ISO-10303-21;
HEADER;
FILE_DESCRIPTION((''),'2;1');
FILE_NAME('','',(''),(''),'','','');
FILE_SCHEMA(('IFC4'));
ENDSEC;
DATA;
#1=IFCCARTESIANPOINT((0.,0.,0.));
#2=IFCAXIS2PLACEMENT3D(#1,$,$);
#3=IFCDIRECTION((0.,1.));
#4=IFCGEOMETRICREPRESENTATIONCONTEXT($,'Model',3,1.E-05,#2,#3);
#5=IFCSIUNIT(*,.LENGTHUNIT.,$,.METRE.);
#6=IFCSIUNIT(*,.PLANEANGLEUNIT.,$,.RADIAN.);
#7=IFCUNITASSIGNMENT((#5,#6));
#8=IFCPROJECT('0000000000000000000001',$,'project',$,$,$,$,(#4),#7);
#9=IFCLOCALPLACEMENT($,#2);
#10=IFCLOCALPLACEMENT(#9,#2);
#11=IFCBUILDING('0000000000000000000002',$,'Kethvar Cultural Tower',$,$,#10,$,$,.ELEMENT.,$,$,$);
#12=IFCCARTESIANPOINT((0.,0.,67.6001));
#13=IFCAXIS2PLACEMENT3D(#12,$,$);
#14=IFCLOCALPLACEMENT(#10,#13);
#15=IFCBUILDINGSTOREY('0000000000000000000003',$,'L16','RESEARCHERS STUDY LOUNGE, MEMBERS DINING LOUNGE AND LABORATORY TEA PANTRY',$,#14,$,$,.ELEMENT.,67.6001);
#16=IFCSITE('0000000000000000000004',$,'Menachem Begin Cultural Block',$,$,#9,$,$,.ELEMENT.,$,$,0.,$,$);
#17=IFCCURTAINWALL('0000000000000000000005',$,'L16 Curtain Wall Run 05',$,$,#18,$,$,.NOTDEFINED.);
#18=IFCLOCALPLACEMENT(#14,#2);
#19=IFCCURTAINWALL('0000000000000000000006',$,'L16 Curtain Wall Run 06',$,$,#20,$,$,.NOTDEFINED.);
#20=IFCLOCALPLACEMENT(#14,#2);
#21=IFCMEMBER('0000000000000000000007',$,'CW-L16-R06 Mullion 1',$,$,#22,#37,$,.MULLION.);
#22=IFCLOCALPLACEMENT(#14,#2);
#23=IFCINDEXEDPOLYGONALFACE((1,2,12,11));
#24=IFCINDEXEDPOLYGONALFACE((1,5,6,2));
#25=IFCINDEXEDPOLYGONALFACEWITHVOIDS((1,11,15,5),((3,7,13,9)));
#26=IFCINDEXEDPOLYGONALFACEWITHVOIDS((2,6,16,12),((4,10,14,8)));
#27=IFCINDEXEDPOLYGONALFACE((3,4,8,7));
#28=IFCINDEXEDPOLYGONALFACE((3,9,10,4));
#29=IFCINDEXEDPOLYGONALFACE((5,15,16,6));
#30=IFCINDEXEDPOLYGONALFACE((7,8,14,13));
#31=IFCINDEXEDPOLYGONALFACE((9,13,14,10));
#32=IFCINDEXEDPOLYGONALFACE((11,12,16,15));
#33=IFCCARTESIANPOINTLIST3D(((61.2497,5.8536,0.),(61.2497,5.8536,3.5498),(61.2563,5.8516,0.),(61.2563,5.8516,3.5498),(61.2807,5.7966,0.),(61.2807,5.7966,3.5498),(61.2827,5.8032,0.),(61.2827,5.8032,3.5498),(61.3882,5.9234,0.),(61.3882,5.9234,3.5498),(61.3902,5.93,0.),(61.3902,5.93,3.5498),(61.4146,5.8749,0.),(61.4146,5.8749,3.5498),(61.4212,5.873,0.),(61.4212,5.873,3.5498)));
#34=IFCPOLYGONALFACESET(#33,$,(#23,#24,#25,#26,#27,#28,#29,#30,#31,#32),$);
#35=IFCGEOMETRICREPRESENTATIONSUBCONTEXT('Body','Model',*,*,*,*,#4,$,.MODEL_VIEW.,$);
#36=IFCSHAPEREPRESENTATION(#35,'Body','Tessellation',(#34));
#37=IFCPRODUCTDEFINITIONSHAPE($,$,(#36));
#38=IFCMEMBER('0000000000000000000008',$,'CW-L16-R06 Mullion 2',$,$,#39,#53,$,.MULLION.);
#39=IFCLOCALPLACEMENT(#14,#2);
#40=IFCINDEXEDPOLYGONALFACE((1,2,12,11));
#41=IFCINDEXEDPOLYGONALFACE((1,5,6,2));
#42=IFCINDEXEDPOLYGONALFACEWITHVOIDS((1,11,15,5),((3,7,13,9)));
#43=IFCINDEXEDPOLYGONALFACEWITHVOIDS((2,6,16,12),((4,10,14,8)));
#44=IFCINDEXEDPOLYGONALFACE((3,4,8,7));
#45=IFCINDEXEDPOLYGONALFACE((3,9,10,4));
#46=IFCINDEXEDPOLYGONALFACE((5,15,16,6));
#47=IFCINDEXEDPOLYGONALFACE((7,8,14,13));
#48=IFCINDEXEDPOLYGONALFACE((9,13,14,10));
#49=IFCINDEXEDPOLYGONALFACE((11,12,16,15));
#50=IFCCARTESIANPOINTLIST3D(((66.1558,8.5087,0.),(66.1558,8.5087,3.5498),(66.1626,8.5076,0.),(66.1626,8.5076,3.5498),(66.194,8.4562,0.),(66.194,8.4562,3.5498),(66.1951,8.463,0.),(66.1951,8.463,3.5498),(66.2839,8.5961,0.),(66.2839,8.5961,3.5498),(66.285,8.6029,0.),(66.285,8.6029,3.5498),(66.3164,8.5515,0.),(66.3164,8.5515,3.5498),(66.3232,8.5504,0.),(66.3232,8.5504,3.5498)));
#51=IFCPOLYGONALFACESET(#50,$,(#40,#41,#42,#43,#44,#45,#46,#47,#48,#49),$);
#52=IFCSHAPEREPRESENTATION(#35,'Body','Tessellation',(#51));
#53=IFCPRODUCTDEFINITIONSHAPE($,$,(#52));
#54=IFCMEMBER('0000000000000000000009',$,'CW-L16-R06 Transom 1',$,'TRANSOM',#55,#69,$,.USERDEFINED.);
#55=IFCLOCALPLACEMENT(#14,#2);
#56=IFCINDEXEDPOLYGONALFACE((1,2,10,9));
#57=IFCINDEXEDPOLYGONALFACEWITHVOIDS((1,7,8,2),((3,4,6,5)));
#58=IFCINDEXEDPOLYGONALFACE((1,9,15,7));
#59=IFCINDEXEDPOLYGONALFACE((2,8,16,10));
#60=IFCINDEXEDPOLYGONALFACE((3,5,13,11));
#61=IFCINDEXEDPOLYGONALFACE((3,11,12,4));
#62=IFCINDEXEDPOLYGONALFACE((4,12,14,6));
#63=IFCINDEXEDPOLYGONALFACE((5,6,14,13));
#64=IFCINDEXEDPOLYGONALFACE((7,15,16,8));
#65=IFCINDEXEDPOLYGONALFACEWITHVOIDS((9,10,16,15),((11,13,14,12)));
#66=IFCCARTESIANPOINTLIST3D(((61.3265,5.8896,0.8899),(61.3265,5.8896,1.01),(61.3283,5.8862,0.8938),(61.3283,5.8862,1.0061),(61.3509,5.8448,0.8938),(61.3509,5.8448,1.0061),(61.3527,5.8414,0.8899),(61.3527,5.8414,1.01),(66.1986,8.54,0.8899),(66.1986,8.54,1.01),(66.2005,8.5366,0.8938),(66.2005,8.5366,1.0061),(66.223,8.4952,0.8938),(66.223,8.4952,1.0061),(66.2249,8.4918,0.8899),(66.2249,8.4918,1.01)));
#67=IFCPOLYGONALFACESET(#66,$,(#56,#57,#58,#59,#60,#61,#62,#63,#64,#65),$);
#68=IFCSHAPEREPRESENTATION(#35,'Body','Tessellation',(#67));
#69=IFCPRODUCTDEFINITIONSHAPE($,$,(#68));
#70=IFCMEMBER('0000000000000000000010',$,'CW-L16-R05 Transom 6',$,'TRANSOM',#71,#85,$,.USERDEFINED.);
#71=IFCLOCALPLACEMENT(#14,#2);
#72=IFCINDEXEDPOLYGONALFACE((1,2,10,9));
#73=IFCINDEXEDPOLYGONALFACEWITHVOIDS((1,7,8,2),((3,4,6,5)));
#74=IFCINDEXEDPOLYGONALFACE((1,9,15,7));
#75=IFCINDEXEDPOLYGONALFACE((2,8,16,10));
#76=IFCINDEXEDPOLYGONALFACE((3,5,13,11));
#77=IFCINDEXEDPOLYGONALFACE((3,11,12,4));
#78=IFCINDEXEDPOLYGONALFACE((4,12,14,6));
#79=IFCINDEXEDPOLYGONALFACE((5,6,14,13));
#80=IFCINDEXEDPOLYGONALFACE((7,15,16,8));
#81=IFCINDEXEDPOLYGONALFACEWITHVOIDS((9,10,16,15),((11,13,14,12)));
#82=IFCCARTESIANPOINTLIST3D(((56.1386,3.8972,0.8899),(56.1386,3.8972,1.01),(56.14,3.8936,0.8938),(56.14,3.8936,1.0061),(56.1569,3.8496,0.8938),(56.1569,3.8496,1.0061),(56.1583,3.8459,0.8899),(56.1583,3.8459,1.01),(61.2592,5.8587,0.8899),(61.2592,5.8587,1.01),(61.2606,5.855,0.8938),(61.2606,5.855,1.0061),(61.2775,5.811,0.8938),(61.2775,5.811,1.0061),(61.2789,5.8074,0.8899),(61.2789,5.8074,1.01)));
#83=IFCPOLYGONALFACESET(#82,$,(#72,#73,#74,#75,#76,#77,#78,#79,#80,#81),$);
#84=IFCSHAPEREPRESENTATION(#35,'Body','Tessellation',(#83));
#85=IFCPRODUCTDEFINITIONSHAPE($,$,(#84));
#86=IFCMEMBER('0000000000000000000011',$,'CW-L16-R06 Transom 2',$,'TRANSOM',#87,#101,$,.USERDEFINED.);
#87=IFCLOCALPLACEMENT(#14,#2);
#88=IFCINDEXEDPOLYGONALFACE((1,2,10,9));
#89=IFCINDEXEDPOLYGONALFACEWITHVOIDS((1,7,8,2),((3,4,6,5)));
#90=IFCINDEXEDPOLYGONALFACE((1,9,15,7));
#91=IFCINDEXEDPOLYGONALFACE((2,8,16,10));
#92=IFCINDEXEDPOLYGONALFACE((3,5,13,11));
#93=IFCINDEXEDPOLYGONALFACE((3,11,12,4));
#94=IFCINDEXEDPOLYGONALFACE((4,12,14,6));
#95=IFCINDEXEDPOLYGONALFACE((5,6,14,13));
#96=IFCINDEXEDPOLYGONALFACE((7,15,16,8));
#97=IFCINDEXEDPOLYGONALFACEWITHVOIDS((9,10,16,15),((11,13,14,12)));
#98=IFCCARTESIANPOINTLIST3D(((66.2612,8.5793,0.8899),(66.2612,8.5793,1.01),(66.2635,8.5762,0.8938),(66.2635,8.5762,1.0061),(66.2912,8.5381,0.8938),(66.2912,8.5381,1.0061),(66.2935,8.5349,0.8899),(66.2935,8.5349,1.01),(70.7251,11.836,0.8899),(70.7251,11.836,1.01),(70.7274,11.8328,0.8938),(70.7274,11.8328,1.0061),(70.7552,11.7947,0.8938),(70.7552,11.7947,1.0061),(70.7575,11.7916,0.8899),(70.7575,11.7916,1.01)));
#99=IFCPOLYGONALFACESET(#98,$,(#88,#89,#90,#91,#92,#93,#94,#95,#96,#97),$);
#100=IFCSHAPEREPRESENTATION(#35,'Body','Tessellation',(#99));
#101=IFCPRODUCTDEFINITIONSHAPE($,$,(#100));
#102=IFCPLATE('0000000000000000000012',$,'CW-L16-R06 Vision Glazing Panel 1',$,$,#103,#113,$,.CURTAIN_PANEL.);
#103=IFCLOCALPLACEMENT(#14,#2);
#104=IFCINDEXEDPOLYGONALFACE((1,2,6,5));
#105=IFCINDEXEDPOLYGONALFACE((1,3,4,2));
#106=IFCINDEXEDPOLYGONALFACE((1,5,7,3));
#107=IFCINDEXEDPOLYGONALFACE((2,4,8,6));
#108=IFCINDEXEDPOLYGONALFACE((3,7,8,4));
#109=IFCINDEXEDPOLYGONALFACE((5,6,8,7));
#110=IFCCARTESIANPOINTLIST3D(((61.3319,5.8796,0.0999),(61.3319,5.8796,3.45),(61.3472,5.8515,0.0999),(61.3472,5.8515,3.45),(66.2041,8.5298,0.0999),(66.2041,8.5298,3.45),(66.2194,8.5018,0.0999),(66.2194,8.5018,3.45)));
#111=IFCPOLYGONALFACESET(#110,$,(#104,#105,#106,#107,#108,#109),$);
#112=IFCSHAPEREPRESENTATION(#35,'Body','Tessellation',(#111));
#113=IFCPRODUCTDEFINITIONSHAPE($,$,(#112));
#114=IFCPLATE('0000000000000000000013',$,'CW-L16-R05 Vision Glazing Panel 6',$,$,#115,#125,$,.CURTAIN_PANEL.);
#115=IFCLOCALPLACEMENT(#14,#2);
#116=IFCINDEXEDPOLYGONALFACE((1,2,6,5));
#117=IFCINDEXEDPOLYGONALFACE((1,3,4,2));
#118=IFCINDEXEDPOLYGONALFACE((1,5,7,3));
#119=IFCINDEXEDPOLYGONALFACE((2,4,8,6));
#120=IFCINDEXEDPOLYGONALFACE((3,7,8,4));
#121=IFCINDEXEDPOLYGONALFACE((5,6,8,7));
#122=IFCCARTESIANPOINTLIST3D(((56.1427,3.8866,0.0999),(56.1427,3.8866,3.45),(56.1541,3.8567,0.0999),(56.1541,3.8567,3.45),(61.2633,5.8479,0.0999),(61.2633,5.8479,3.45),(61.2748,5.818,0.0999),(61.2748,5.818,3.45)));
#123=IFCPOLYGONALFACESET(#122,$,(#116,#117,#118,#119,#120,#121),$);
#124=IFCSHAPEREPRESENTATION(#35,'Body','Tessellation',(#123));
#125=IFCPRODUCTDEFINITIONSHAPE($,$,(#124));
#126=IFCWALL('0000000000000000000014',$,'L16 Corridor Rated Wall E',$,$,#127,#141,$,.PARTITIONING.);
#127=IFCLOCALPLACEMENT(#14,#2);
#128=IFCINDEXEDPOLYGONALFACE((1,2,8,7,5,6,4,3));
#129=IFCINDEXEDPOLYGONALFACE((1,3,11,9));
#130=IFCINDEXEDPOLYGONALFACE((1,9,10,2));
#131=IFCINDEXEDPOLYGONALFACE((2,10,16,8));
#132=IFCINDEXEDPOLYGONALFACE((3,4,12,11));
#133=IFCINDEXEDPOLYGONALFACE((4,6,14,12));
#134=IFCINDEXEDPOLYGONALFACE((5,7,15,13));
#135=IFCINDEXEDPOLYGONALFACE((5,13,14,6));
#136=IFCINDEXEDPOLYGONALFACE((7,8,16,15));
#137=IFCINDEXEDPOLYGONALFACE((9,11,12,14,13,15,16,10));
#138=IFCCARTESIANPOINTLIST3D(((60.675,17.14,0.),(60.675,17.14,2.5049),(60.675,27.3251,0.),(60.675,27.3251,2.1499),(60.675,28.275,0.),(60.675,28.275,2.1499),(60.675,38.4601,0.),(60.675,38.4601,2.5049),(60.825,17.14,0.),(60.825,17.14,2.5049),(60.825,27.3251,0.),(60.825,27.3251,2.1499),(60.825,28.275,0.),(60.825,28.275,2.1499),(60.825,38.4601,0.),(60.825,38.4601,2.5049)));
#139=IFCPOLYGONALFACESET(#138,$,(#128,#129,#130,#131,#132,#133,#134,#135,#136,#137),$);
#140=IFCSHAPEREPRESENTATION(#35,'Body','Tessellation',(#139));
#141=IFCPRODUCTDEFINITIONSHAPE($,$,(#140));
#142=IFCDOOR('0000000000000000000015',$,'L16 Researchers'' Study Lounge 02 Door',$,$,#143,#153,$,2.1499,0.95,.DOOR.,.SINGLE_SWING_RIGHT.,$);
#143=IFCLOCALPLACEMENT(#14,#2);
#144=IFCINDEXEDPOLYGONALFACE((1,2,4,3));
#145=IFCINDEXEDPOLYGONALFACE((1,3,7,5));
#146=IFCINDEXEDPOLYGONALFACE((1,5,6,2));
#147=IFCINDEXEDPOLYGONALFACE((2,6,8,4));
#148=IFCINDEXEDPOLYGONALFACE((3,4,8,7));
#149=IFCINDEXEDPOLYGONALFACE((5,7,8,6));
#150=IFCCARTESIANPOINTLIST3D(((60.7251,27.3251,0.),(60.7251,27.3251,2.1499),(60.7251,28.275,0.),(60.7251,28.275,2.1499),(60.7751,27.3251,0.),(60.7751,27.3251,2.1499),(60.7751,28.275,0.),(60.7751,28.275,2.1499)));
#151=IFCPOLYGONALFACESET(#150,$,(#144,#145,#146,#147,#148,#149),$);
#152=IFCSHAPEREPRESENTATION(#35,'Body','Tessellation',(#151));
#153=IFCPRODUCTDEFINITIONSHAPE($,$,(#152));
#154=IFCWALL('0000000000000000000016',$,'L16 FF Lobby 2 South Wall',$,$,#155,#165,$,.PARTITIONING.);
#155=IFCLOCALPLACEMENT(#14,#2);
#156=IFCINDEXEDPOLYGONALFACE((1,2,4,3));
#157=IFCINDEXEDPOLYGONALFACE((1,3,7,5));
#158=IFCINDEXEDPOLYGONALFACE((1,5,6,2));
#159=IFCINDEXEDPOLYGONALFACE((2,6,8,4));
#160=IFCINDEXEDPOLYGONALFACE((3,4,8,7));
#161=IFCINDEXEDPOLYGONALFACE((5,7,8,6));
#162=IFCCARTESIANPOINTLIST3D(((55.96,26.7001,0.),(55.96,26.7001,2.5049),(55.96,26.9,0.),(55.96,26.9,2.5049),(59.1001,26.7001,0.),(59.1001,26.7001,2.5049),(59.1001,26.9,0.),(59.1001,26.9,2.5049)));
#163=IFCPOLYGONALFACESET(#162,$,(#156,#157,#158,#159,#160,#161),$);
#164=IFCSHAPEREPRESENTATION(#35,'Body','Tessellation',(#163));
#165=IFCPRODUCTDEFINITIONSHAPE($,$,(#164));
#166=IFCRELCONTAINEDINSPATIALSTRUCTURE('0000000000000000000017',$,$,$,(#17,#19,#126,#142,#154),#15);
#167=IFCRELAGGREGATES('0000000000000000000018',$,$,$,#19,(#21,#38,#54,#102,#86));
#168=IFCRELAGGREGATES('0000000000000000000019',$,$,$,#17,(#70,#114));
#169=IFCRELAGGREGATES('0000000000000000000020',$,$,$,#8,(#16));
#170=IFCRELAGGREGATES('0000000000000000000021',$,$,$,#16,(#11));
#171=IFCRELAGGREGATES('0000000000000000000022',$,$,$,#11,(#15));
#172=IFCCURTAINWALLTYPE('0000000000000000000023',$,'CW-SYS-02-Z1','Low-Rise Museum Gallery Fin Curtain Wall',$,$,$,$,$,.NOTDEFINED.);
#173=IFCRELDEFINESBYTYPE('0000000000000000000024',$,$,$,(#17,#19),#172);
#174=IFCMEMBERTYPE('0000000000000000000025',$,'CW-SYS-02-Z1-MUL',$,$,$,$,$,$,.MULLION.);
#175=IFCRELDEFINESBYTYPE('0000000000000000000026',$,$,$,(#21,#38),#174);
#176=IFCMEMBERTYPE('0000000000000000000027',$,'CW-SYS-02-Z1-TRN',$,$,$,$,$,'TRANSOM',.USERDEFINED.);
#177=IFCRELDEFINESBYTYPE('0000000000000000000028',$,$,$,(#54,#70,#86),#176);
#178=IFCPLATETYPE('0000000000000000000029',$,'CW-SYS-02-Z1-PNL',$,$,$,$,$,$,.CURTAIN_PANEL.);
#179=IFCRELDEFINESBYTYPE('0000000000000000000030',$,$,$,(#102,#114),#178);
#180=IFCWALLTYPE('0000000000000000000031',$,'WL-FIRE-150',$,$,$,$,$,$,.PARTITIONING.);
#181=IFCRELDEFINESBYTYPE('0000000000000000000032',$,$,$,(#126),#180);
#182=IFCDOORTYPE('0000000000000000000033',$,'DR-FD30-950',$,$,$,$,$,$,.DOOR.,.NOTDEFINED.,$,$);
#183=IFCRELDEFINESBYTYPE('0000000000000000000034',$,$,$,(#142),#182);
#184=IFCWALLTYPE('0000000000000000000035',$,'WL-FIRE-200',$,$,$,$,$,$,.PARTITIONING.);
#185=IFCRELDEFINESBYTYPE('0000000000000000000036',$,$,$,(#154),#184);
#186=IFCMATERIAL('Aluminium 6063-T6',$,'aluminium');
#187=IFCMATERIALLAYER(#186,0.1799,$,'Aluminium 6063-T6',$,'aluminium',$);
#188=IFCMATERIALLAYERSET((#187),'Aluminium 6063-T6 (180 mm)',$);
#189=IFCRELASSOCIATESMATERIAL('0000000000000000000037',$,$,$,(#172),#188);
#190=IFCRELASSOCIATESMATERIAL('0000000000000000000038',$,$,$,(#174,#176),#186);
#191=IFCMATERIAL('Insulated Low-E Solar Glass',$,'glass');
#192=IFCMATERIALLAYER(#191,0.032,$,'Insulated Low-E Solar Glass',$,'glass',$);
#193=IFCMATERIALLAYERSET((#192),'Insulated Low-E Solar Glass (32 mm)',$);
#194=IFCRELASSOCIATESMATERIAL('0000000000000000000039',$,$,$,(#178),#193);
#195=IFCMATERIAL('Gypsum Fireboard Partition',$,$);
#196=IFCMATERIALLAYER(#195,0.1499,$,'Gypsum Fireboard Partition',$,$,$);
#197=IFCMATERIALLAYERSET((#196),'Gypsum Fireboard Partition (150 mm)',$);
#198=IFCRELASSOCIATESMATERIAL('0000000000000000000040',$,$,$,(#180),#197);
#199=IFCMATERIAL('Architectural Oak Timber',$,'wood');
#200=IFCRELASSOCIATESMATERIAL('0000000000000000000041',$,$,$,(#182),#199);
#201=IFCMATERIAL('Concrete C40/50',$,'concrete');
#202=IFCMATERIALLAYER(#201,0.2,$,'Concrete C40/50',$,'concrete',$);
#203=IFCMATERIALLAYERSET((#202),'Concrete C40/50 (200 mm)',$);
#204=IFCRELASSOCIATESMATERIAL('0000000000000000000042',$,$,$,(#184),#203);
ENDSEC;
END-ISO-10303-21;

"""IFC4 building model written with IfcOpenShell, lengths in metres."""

from ifc_helpers import new_model, si_unit, direction, frame, frame_2d, origin, origin_2d, place, context, subcontext, project, spatial, rectangle, hollow_rectangle, extrude, source, transform, mapped, material, layer, layer_set, material_profile, profile_set, type_object, element, fill, aggregate, save


model = new_model("IFC4")

# Units and contexts
model_context = context("Model", 3, precision=1e-05, world=origin(), true_north=direction((0.0, 1.0)))
body_context = subcontext(model_context, "Body", "Model", "MODEL_VIEW")
ifc_project = project(units=[si_unit("LENGTHUNIT", "METRE"), si_unit("PLANEANGLEUNIT", "RADIAN")], contexts=[model_context])

# Site, building, storey
site_placement = place(None, origin())
site = spatial("IfcSite", under=ifc_project, at=site_placement, Name="Menachem Begin Cultural Block", CompositionType="ELEMENT", RefElevation=0.0)
building_placement = place(site_placement, origin())
building = spatial("IfcBuilding", under=site, at=building_placement, Name="Kethvar Cultural Tower", CompositionType="ELEMENT")
storey_placement = place(building_placement, frame((0.0, 0.0, 67.6001)))
storey = spatial("IfcBuildingStorey", under=building, at=storey_placement, Name="L16", Description="RESEARCHERS STUDY LOUNGE, MEMBERS DINING LOUNGE AND LABORATORY TEA PANTRY", CompositionType="ELEMENT", Elevation=67.6001)

# Curtain walls, members
ifc_material_1 = material(Name="Aluminium 6063-T6", Category="aluminium")
ifc_layer_1 = layer(ifc_material_1, 0.1799, Name="Aluminium 6063-T6", Category="aluminium")
ifc_layer_set_1 = layer_set([ifc_layer_1], Name="Aluminium 6063-T6 (180 mm)")
curtain_wall_type = type_object("IfcCurtainWallType", Name="CW-SYS-02-Z1", Description="Low-Rise Museum Gallery Fin Curtain Wall", PredefinedType="NOTDEFINED", material=ifc_layer_set_1)
curtain_wall_1_placement = place(storey_placement, origin())
curtain_wall_1 = element("IfcCurtainWall", 1, at=curtain_wall_1_placement, inside=storey, type_object=curtain_wall_type, Name="L16 Curtain Wall Run 05", PredefinedType="NOTDEFINED")
ifc_material_profile_1 = material_profile(ifc_material_1, hollow_rectangle(XDim=0.0649, YDim=0.1599, WallThickness=0.0049, at=origin_2d()), Name="Aluminium 6063-T6 — RHS160x65x5")
ifc_profile_set_1 = profile_set([ifc_material_profile_1], Name="Aluminium 6063-T6 — RHS160x65x5")
member_type_1 = type_object("IfcMemberType", Name="CW-SYS-02-Z1-MUL", PredefinedType="MULLION", material=ifc_profile_set_1)
shared_shape_1 = source(origin(), body_context, "Body", "SweptSolid", [
    extrude(hollow_rectangle(XDim=0.0649, YDim=0.1599, WallThickness=0.0049, at=origin_2d()), origin(), (0.0, 0.0, 1.0), 3.5498),
])
curtain_wall_2_placement = place(storey_placement, origin())
curtain_wall_2 = element("IfcCurtainWall", 2, at=curtain_wall_2_placement, inside=storey, type_object=curtain_wall_type, Name="L16 Curtain Wall Run 06", PredefinedType="NOTDEFINED")
member_1_placement = place(storey_placement, frame((61.3354, 5.8633, 0.0), z_axis=(0.0, 0.0, 1.0), x_axis=(-0.477834, 0.87845, 0.0)))
member_1 = element("IfcMember", 3, at=member_1_placement, type_object=member_type_1, Name="CW-L16-R06 Mullion 1", PredefinedType="MULLION", context=body_context, shape_type="MappedRepresentation", body=[
    mapped(shared_shape_1, transform((0.0, 0.0, 0.0), scale=1.0)),
])
member_2_placement = place(storey_placement, frame((66.2395, 8.5295, 0.0), z_axis=(0.0, 0.0, 1.0), x_axis=(-0.589351, 0.807877, 0.0)))
member_2 = element("IfcMember", 4, at=member_2_placement, type_object=member_type_1, Name="CW-L16-R06 Mullion 2", PredefinedType="MULLION", context=body_context, shape_type="MappedRepresentation", body=[
    mapped(shared_shape_1, transform((0.0, 0.0, 0.0), scale=1.0)),
])
ifc_material_profile_2 = material_profile(ifc_material_1, hollow_rectangle(XDim=0.0549, YDim=0.1201, WallThickness=0.0039, at=origin_2d()), Name="Aluminium 6063-T6 — RHS120x55x4")
ifc_profile_set_2 = profile_set([ifc_material_profile_2], Name="Aluminium 6063-T6 — RHS120x55x4")
member_type_2 = type_object("IfcMemberType", Name="CW-SYS-02-Z1-TRN", ElementType="TRANSOM", PredefinedType="USERDEFINED", material=ifc_profile_set_2)
shared_shape_2 = source(origin(), body_context, "Body", "SweptSolid", [
    extrude(hollow_rectangle(XDim=0.0549, YDim=0.1201, WallThickness=0.0039, at=origin_2d()), origin(), (0.0, 0.0, 1.0), 5.5464),
])
member_3_placement = place(storey_placement, frame((61.3396, 5.8655, 0.95), z_axis=(0.878433, 0.477865, 0.0), x_axis=(-0.477865, 0.878433, 0.0)))
member_3 = element("IfcMember", 5, at=member_3_placement, type_object=member_type_2, Name="CW-L16-R06 Transom 1", ObjectType="TRANSOM", PredefinedType="USERDEFINED", context=body_context, shape_type="MappedRepresentation", body=[
    mapped(shared_shape_2, transform((0.0, 0.0, 0.0), scale=1.0)),
])

# Members
shared_shape_3 = source(origin(), body_context, "Body", "SweptSolid", [
    extrude(hollow_rectangle(XDim=0.0549, YDim=0.1201, WallThickness=0.0039, at=origin_2d()), origin(), (0.0, 0.0, 1.0), 5.4834),
])
member_4_placement = place(storey_placement, frame((56.1484, 3.8716, 0.95), z_axis=(0.933836, 0.357702, 0.0), x_axis=(-0.357702, 0.933836, 0.0)))
member_4 = element("IfcMember", 6, at=member_4_placement, type_object=member_type_2, Name="CW-L16-R05 Transom 6", ObjectType="TRANSOM", PredefinedType="USERDEFINED", context=body_context, shape_type="MappedRepresentation", body=[
    mapped(shared_shape_3, transform((0.0, 0.0, 0.0), scale=1.0)),
])
shared_shape_4 = source(origin(), body_context, "Body", "SweptSolid", [
    extrude(hollow_rectangle(XDim=0.0549, YDim=0.1201, WallThickness=0.0039, at=origin_2d()), origin(), (0.0, 0.0, 1.0), 5.5256),
])
member_5_placement = place(storey_placement, frame((66.2773, 8.5571, 0.95), z_axis=(0.807862, 0.589372, 0.0), x_axis=(-0.589372, 0.807862, 0.0)))
member_5 = element("IfcMember", 7, at=member_5_placement, type_object=member_type_2, Name="CW-L16-R06 Transom 2", ObjectType="TRANSOM", PredefinedType="USERDEFINED", context=body_context, shape_type="MappedRepresentation", body=[
    mapped(shared_shape_4, transform((0.0, 0.0, 0.0), scale=1.0)),
])

# Plates
ifc_material_2 = material(Name="Insulated Low-E Solar Glass", Category="glass")
ifc_layer_2 = layer(ifc_material_2, 0.032, Name="Insulated Low-E Solar Glass", Category="glass")
ifc_layer_set_2 = layer_set([ifc_layer_2], Name="Insulated Low-E Solar Glass (32 mm)")
plate_type = type_object("IfcPlateType", Name="CW-SYS-02-Z1-PNL", PredefinedType="CURTAIN_PANEL", material=ifc_layer_set_2)
shared_shape_5 = source(origin(), body_context, "Body", "SweptSolid", [
    extrude(rectangle(XDim=5.5464, YDim=0.032, at=origin_2d()), origin(), (0.0, 0.0, 1.0), 3.3501),
])
plate_1_placement = place(storey_placement, frame((63.7756, 7.1907, 0.0999), z_axis=(0.0, 0.0, 1.0), x_axis=(0.87845, 0.477834, 0.0)))
plate_1 = element("IfcPlate", 8, at=plate_1_placement, type_object=plate_type, Name="CW-L16-R06 Vision Glazing Panel 1", PredefinedType="CURTAIN_PANEL", context=body_context, shape_type="MappedRepresentation", body=[
    mapped(shared_shape_5, transform((0.0, 0.0, 0.0), scale=1.0)),
])
aggregate(curtain_wall_2, [member_1, member_2, member_3, plate_1, member_5])
shared_shape_6 = source(origin(), body_context, "Body", "SweptSolid", [
    extrude(rectangle(XDim=5.4834, YDim=0.032, at=origin_2d()), origin(), (0.0, 0.0, 1.0), 3.3501),
])
plate_2_placement = place(storey_placement, frame((58.7087, 4.8523, 0.0999), z_axis=(0.0, 0.0, 1.0), x_axis=(0.933843, 0.357684, 0.0)))
plate_2 = element("IfcPlate", 9, at=plate_2_placement, type_object=plate_type, Name="CW-L16-R05 Vision Glazing Panel 6", PredefinedType="CURTAIN_PANEL", context=body_context, shape_type="MappedRepresentation", body=[
    mapped(shared_shape_6, transform((0.0, 0.0, 0.0), scale=1.0)),
])
aggregate(curtain_wall_1, [member_4, plate_2])

# Wall, opening, door
ifc_material_3 = material(Name="Gypsum Fireboard Partition")
ifc_layer_3 = layer(ifc_material_3, 0.1499, Name="Gypsum Fireboard Partition")
ifc_layer_set_3 = layer_set([ifc_layer_3], Name="Gypsum Fireboard Partition (150 mm)")
wall_type_1 = type_object("IfcWallType", Name="WL-FIRE-150", PredefinedType="PARTITIONING", material=ifc_layer_set_3)
wall_1_placement = place(storey_placement, frame((60.75, 17.1399, 0.0), z_axis=(0.0, 0.0, 1.0), x_axis=(0.0, 1.0, 0.0)))
wall_1 = element("IfcWall", 10, at=wall_1_placement, inside=storey, type_object=wall_type_1, Name="L16 Corridor Rated Wall E", PredefinedType="PARTITIONING", context=body_context, shape_type="SweptSolid", body=[
    extrude(rectangle(XDim=21.3201, YDim=0.1499, at=frame_2d((10.6602, 0.0))), origin(), (0.0, 0.0, 1.0), 2.5049),
])
opening_1_placement = place(wall_1_placement, frame((10.1851, 0.0, 0.0)))
opening_1 = element("IfcOpeningElement", 11, at=opening_1_placement, cuts=wall_1, PredefinedType="OPENING", context=body_context, shape_type="SweptSolid", body=[
    extrude(rectangle(XDim=0.95, YDim=2.1499, at=frame_2d((0.4751, 1.075))), frame((0.0, 0.085, 0.0), z_axis=(0.0, -1.0, 0.0), x_axis=(1.0, 0.0, 0.0)), (0.0, 0.0, 1.0), 0.1699),
])
ifc_material_4 = material(Name="Architectural Oak Timber", Category="wood")
door_type_1 = type_object("IfcDoorType", Name="DR-FD30-950", OperationType="NOTDEFINED", PredefinedType="DOOR", material=ifc_material_4)
shared_shape_7 = source(origin(), body_context, "Body", "SweptSolid", [
    extrude(rectangle(XDim=0.95, YDim=2.1499, at=frame_2d((0.4751, 1.075))), frame((0.0, 0.0249, 0.0), z_axis=(0.0, -1.0, 0.0), x_axis=(1.0, 0.0, 0.0)), (0.0, 0.0, 1.0), 0.05),
])
door_1_placement = place(opening_1_placement, origin())
door_1 = element("IfcDoor", 12, at=door_1_placement, inside=storey, type_object=door_type_1, Name="L16 Researchers' Study Lounge 02 Door", OperationType="SINGLE_SWING_RIGHT", OverallHeight=2.1499, OverallWidth=0.95, PredefinedType="DOOR", context=body_context, shape_type="MappedRepresentation", body=[
    mapped(shared_shape_7, transform((0.0, 0.0, 0.0), scale=1.0)),
])
fill(opening_1, door_1)
ifc_material_5 = material(Name="Concrete C40/50", Category="concrete")
ifc_layer_4 = layer(ifc_material_5, 0.2, Name="Concrete C40/50", Category="concrete")
ifc_layer_set_4 = layer_set([ifc_layer_4], Name="Concrete C40/50 (200 mm)")
wall_type_2 = type_object("IfcWallType", Name="WL-FIRE-200", PredefinedType="PARTITIONING", material=ifc_layer_set_4)

# Wall
wall_2_placement = place(storey_placement, frame((55.96, 26.8, 0.0), z_axis=(0.0, 0.0, 1.0), x_axis=(1.0, 0.0, 0.0)))
element("IfcWall", 13, at=wall_2_placement, inside=storey, type_object=wall_type_2, Name="L16 FF Lobby 2 South Wall", PredefinedType="PARTITIONING", context=body_context, shape_type="SweptSolid", body=[
    extrude(rectangle(XDim=3.1401, YDim=0.2, at=frame_2d((1.5701, 0.0))), origin(), (0.0, 0.0, 1.0), 2.5049),
])

save(model, "model.ifc")
